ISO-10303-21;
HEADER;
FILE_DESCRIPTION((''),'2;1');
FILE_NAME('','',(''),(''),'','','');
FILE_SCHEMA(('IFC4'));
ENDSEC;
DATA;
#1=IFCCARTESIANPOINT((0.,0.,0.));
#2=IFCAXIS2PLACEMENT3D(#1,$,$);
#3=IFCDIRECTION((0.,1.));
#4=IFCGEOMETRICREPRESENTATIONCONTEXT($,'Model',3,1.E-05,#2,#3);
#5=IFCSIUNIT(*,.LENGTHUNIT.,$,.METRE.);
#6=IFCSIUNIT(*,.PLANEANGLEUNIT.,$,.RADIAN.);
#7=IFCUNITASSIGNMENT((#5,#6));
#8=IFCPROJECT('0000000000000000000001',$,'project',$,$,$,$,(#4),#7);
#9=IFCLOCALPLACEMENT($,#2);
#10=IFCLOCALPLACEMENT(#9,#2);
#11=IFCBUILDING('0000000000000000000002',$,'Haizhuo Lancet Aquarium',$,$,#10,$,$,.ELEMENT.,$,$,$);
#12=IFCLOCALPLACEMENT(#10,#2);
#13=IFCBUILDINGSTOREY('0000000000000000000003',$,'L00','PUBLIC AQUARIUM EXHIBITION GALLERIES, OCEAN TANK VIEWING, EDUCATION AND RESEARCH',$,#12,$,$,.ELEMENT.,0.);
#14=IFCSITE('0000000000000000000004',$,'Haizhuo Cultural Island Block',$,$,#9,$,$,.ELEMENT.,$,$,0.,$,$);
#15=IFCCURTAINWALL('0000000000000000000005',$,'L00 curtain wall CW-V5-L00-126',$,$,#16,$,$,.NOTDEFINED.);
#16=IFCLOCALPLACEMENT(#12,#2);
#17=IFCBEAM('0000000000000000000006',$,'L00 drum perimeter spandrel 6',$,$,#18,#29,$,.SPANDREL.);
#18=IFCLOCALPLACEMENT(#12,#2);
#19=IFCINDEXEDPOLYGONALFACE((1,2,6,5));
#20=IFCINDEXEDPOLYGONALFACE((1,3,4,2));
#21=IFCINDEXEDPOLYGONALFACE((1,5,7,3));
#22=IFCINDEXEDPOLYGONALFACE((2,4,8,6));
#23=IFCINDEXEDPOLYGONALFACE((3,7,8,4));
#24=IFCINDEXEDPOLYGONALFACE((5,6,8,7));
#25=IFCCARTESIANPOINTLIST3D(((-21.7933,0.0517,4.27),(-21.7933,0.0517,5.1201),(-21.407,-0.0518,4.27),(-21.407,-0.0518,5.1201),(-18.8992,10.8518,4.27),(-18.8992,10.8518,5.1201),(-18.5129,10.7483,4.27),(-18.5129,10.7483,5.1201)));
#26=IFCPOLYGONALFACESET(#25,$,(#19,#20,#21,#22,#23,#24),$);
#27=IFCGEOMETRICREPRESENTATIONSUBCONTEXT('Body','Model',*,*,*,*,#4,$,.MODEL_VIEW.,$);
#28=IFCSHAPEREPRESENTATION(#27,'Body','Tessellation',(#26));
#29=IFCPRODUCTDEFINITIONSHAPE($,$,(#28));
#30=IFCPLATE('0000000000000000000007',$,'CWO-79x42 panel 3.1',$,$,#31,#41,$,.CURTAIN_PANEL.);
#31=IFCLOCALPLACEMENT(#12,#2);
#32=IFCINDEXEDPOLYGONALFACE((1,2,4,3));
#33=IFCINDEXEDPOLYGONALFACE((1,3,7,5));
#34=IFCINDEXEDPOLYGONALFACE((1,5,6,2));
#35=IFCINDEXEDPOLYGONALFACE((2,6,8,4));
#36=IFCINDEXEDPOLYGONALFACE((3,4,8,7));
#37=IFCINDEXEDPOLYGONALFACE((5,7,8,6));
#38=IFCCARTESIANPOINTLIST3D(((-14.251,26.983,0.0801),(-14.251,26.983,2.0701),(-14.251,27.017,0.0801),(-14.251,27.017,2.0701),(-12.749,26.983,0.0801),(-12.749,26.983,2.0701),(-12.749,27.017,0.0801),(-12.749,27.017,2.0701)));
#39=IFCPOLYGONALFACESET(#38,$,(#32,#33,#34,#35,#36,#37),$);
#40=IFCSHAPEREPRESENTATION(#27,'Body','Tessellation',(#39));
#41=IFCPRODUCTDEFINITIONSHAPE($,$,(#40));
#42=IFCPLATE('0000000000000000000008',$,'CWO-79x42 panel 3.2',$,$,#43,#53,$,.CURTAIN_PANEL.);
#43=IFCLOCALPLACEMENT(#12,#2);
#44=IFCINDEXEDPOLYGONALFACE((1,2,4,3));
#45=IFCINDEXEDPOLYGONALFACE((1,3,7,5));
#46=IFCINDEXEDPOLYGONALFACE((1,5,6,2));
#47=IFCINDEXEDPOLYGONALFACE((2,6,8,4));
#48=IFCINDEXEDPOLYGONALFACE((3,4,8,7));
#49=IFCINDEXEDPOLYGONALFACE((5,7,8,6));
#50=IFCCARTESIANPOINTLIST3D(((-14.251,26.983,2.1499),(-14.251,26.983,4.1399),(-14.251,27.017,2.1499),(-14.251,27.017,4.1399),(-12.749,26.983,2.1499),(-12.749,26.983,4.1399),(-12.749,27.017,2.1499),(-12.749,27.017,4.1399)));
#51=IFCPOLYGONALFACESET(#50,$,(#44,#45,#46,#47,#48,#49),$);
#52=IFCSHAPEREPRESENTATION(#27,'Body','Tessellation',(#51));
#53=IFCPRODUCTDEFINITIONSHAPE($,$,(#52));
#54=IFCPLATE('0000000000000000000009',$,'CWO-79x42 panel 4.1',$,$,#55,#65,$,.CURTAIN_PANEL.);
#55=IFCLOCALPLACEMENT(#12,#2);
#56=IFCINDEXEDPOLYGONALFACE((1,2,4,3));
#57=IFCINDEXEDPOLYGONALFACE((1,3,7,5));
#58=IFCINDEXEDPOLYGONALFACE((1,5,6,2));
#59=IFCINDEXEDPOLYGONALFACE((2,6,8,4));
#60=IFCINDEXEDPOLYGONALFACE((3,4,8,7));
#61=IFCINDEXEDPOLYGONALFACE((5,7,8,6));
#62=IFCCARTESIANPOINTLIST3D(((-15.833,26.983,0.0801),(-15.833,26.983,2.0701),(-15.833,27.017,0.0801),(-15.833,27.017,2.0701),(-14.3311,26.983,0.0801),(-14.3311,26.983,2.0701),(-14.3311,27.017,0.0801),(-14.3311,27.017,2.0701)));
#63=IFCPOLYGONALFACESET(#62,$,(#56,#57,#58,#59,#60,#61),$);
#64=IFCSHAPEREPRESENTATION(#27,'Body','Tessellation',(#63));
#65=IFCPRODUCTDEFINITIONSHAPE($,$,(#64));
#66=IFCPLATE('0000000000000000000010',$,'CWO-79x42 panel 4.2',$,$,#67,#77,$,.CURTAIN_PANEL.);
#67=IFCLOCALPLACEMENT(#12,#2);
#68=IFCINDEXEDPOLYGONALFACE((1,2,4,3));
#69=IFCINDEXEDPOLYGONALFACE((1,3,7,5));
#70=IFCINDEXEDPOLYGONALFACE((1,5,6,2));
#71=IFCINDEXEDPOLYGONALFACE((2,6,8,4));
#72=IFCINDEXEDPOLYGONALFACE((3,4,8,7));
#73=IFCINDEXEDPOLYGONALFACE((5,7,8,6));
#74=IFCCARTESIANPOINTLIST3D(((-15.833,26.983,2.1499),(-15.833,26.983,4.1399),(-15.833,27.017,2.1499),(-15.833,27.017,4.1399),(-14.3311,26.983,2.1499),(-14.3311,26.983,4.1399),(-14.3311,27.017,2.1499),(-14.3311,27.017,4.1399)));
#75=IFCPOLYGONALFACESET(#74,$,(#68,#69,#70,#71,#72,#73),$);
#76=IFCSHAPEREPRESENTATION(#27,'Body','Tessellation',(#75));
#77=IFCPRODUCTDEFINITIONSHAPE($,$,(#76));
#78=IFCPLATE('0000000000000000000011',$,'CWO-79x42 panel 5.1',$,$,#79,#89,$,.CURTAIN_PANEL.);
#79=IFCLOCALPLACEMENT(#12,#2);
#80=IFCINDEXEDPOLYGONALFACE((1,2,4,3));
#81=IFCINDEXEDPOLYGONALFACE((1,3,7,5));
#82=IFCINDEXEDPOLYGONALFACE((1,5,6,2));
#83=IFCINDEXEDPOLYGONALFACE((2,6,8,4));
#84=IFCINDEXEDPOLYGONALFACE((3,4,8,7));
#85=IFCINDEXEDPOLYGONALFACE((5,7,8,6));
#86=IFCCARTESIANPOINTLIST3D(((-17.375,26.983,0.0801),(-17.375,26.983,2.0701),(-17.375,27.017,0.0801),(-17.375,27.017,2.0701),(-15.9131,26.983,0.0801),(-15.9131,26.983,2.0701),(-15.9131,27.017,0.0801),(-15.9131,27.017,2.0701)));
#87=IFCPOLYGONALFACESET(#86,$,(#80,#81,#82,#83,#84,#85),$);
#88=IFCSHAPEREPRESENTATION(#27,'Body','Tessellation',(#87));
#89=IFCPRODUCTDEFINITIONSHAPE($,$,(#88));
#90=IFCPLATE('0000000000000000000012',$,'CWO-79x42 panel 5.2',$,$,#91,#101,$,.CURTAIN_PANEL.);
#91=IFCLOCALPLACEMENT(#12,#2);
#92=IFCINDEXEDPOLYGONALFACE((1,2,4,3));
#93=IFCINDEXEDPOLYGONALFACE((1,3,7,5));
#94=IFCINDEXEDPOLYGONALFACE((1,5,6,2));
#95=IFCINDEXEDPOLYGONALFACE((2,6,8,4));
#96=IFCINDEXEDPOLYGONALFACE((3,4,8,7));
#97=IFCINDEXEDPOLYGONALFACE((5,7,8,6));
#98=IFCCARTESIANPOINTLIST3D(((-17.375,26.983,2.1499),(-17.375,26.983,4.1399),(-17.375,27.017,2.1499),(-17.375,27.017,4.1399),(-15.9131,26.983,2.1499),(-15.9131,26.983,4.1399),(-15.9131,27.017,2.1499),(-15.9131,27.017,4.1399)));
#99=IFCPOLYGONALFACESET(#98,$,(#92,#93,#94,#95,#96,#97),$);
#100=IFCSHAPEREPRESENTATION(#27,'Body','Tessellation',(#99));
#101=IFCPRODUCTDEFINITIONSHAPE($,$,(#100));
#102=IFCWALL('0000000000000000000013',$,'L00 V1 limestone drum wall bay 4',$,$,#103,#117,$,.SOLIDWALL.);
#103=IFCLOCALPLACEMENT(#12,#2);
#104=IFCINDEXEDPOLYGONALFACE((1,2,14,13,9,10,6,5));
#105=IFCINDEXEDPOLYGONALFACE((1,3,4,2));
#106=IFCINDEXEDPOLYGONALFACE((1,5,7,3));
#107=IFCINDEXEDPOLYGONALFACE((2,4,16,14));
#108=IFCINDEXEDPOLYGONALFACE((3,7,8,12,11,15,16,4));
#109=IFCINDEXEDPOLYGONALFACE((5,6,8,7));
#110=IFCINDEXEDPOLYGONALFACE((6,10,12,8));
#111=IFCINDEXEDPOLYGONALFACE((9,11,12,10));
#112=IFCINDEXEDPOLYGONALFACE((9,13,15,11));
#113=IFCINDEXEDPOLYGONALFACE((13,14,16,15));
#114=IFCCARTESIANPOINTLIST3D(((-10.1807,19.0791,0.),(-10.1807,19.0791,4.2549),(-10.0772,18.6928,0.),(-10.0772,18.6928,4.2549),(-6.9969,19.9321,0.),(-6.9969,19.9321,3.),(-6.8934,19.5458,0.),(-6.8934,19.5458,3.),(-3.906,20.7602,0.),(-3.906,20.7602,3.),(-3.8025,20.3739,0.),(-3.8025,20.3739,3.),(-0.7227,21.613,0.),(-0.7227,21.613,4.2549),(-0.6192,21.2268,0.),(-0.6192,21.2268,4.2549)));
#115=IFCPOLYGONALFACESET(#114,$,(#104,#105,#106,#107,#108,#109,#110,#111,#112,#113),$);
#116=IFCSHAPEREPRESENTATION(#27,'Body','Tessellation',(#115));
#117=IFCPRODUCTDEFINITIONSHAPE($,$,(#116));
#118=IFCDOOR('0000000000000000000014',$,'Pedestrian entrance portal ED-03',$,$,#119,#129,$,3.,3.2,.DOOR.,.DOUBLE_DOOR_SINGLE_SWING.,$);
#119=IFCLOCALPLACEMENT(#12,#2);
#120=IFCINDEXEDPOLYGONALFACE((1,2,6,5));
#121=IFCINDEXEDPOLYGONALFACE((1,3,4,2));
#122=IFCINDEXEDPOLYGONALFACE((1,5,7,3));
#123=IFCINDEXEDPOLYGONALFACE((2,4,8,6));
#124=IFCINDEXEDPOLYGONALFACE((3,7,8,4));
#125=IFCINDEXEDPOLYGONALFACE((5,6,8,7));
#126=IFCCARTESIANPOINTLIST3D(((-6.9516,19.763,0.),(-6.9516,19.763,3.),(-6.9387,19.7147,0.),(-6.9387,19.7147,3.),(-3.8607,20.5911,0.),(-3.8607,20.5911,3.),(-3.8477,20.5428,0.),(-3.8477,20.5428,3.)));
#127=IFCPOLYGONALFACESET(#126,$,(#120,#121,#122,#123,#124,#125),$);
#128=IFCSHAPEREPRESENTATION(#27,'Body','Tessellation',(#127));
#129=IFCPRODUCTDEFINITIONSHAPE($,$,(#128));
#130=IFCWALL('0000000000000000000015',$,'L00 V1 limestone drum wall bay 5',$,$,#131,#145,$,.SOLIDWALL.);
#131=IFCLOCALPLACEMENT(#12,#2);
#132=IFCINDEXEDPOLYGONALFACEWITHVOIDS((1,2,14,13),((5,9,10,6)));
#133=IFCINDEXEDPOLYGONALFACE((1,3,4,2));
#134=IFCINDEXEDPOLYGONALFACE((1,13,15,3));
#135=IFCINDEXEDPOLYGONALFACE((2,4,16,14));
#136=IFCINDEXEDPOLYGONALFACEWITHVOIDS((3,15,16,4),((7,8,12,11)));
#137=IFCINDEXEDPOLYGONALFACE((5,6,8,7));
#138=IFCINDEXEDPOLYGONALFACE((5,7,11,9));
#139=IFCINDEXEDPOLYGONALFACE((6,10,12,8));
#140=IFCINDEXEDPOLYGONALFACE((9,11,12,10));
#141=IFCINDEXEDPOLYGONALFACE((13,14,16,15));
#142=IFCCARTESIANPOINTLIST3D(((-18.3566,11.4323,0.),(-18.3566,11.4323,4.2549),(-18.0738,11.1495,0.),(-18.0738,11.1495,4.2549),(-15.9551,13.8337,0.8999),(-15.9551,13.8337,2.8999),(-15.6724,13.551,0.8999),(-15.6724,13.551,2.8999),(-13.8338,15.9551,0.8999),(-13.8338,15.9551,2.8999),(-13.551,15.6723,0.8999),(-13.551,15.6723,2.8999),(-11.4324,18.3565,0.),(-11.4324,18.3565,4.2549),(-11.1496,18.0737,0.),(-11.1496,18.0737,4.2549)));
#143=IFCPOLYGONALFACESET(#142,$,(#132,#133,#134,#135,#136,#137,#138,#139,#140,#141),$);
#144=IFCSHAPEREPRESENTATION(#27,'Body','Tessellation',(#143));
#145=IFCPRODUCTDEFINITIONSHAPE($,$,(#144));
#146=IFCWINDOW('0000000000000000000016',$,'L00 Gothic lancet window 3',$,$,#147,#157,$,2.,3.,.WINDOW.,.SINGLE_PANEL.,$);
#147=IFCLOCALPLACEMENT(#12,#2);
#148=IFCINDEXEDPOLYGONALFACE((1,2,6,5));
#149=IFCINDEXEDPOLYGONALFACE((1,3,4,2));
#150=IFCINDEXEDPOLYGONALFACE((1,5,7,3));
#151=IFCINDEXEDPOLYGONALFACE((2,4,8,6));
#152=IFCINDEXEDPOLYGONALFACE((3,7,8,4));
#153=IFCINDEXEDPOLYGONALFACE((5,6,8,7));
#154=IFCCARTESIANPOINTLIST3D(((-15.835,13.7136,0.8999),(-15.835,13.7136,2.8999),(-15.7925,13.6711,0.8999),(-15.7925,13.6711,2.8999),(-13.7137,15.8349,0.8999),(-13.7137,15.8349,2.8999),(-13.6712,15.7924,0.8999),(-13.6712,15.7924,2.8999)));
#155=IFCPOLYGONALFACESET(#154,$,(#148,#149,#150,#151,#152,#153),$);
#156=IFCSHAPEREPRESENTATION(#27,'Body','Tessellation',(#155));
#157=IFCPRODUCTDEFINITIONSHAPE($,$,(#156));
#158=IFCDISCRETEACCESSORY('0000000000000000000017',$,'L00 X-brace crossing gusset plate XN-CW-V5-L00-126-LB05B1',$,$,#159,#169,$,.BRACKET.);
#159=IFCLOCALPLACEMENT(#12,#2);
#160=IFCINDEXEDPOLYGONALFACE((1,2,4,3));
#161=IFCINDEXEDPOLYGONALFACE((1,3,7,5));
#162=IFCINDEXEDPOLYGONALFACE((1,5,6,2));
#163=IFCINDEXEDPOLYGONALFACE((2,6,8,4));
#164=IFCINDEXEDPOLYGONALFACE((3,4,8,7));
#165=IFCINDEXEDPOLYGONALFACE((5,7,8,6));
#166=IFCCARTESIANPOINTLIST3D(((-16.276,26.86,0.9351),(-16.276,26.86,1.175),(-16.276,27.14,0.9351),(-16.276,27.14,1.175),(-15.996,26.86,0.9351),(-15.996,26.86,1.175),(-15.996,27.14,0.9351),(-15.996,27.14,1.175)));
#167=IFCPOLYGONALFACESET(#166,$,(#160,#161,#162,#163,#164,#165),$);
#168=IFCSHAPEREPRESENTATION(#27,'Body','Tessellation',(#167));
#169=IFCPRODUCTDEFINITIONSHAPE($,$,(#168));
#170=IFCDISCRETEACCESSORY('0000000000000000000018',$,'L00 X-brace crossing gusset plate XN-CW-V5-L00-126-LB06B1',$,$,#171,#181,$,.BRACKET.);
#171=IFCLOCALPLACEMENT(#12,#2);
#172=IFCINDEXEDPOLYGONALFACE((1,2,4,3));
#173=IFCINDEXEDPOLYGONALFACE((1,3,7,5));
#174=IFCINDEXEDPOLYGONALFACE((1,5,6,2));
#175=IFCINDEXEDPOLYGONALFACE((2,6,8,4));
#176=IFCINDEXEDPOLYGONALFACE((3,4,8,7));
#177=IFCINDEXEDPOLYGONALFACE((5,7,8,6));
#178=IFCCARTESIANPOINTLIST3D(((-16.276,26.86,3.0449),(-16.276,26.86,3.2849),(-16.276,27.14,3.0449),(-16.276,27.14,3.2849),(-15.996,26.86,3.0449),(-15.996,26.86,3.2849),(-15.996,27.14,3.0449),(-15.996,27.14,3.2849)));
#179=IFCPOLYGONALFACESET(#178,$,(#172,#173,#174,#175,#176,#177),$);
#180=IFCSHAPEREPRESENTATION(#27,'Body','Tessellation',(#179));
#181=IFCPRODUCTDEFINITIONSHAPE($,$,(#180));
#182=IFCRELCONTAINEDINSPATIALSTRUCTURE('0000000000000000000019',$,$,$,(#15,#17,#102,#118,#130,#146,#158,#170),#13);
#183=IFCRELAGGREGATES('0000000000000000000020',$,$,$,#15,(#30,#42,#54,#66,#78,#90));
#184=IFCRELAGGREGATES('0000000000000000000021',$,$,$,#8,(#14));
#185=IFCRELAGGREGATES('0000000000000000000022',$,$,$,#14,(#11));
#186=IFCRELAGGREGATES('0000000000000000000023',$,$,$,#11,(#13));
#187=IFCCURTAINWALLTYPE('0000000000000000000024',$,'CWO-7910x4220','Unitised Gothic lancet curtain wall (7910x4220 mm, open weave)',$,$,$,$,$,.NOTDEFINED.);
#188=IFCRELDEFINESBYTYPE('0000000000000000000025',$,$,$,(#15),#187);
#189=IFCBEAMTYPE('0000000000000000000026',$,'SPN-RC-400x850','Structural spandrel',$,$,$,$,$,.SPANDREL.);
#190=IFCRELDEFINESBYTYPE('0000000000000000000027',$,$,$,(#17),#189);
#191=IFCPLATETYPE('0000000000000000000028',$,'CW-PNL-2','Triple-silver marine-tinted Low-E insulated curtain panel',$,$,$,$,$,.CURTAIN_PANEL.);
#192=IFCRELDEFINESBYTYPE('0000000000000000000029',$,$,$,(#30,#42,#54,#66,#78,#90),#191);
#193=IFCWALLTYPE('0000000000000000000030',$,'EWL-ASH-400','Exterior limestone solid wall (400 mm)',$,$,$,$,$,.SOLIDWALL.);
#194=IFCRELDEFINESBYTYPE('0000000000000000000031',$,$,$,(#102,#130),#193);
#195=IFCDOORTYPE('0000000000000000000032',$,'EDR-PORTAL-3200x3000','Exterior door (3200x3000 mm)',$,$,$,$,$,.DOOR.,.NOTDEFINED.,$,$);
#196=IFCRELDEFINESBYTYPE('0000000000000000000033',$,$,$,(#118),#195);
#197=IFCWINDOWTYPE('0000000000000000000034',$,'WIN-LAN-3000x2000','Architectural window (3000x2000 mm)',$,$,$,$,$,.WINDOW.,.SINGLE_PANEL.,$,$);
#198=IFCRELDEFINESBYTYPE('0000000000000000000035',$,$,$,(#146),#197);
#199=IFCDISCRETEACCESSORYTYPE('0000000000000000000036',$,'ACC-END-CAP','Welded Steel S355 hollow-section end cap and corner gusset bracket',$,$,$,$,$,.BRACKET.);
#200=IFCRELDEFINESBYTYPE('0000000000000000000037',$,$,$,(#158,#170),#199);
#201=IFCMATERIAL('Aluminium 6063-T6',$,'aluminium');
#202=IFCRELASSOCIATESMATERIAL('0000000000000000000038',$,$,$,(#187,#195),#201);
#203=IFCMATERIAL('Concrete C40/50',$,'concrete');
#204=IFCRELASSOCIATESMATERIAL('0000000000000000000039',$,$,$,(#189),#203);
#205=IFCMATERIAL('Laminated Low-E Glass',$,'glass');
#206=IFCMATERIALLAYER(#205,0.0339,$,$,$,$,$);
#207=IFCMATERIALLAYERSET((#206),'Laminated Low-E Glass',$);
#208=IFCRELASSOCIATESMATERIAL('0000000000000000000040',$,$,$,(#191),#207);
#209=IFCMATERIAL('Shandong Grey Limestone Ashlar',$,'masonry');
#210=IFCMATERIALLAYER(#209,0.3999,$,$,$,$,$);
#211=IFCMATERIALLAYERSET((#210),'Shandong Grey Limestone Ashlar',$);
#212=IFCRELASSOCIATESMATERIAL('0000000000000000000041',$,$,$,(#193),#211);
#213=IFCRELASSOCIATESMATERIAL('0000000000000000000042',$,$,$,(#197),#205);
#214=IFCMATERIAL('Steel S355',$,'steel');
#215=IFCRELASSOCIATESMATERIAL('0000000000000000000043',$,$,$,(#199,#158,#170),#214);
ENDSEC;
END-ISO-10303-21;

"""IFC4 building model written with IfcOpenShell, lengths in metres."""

from ifc_helpers import new_model, si_unit, direction, frame, frame_2d, origin, origin_2d, place, context, subcontext, project, spatial, rectangle, extrude, material, layer, layer_set, material_profile, profile_set, type_object, element, fill, aggregate, save


model = new_model("IFC4")

# Units and contexts
model_context = context("Model", 3, precision=1e-05, world=origin(), true_north=direction((0.0, 1.0)))
body_context = subcontext(model_context, "Body", "Model", "MODEL_VIEW")
ifc_project = project(units=[si_unit("LENGTHUNIT", "METRE"), si_unit("PLANEANGLEUNIT", "RADIAN")], contexts=[model_context])

# Site, building, storey
site_placement = place(None, origin())
site = spatial("IfcSite", under=ifc_project, at=site_placement, Name="Haizhuo Cultural Island Block", CompositionType="ELEMENT", RefElevation=0.0)
building_placement = place(site_placement, origin())
building = spatial("IfcBuilding", under=site, at=building_placement, Name="Haizhuo Lancet Aquarium", CompositionType="ELEMENT")
storey_placement = place(building_placement, origin())
storey = spatial("IfcBuildingStorey", under=building, at=storey_placement, Name="L00", Description="PUBLIC AQUARIUM EXHIBITION GALLERIES, OCEAN TANK VIEWING, EDUCATION AND RESEARCH", CompositionType="ELEMENT", Elevation=0.0)

# Shared definitions
ifc_material_1 = material(Name="Concrete C40/50", Category="concrete")

# Curtain wall
ifc_material_2 = material(Name="Aluminium 6063-T6", Category="aluminium")
curtain_wall_type = type_object("IfcCurtainWallType", Name="CWO-7910x4220", Description="Unitised Gothic lancet curtain wall (7910x4220 mm, open weave)", PredefinedType="NOTDEFINED", material=ifc_material_2)
curtain_wall_placement = place(storey_placement, origin())
curtain_wall = element("IfcCurtainWall", 1, at=curtain_wall_placement, inside=storey, type_object=curtain_wall_type, Name="L00 curtain wall CW-V5-L00-126", PredefinedType="NOTDEFINED")

# Shared definitions
ifc_material_3 = material(Name="Steel S355", Category="steel")

# Beam
ifc_material_profile_1 = material_profile(ifc_material_1, rectangle(XDim=0.3999, YDim=0.8501, at=origin_2d()), Name="RC-SP 400x850")
ifc_profile_set_1 = profile_set([ifc_material_profile_1], Name="Concrete C40/50")
beam_type_1 = type_object("IfcBeamType", Name="SPN-RC-400x850", Description="Structural spandrel", PredefinedType="SPANDREL", material=ifc_profile_set_1)
beam_1_placement = place(storey_placement, frame((-18.7061, 10.8, 4.6951), z_axis=(-0.258834, -0.965922, 0.0), x_axis=(0.965922, -0.258834, 0.0)))
element("IfcBeam", 2, at=beam_1_placement, inside=storey, type_object=beam_type_1, Name="L00 drum perimeter spandrel 6", PredefinedType="SPANDREL", context=body_context, shape_type="SweptSolid", body=[
    extrude(rectangle(XDim=0.3999, YDim=0.8501, at=origin_2d()), origin(), (0.0, 0.0, 1.0), 11.1812),
])

# Plates
ifc_material_4 = material(Name="Laminated Low-E Glass", Category="glass")
ifc_layer_1 = layer(ifc_material_4, 0.0339)
ifc_layer_set_1 = layer_set([ifc_layer_1], Name="Laminated Low-E Glass")
plate_type = type_object("IfcPlateType", Name="CW-PNL-2", Description="Triple-silver marine-tinted Low-E insulated curtain panel", PredefinedType="CURTAIN_PANEL", material=ifc_layer_set_1)
plate_1_placement = place(storey_placement, frame((-13.5, 27.0, 0.0801), z_axis=(0.0, 0.0, 1.0), x_axis=(-1.0, 0.0, 0.0)))
plate_1 = element("IfcPlate", 3, at=plate_1_placement, type_object=plate_type, Name="CWO-79x42 panel 3.1", PredefinedType="CURTAIN_PANEL", context=body_context, shape_type="SweptSolid", body=[
    extrude(rectangle(XDim=1.502, YDim=0.0339, at=origin_2d()), origin(), (0.0, 0.0, 1.0), 1.99),
])
plate_2_placement = place(storey_placement, frame((-13.5, 27.0, 2.1499), z_axis=(0.0, 0.0, 1.0), x_axis=(-1.0, 0.0, 0.0)))
plate_2 = element("IfcPlate", 4, at=plate_2_placement, type_object=plate_type, Name="CWO-79x42 panel 3.2", PredefinedType="CURTAIN_PANEL", context=body_context, shape_type="SweptSolid", body=[
    extrude(rectangle(XDim=1.502, YDim=0.0339, at=origin_2d()), origin(), (0.0, 0.0, 1.0), 1.99),
])
plate_3_placement = place(storey_placement, frame((-15.082, 27.0, 0.0801), z_axis=(0.0, 0.0, 1.0), x_axis=(-1.0, 0.0, 0.0)))
plate_3 = element("IfcPlate", 5, at=plate_3_placement, type_object=plate_type, Name="CWO-79x42 panel 4.1", PredefinedType="CURTAIN_PANEL", context=body_context, shape_type="SweptSolid", body=[
    extrude(rectangle(XDim=1.502, YDim=0.0339, at=origin_2d()), origin(), (0.0, 0.0, 1.0), 1.99),
])
plate_4_placement = place(storey_placement, frame((-15.082, 27.0, 2.1499), z_axis=(0.0, 0.0, 1.0), x_axis=(-1.0, 0.0, 0.0)))
plate_4 = element("IfcPlate", 6, at=plate_4_placement, type_object=plate_type, Name="CWO-79x42 panel 4.2", PredefinedType="CURTAIN_PANEL", context=body_context, shape_type="SweptSolid", body=[
    extrude(rectangle(XDim=1.502, YDim=0.0339, at=origin_2d()), origin(), (0.0, 0.0, 1.0), 1.99),
])
plate_5_placement = place(storey_placement, frame((-16.644, 27.0, 0.0801), z_axis=(0.0, 0.0, 1.0), x_axis=(-1.0, 0.0, 0.0)))
plate_5 = element("IfcPlate", 7, at=plate_5_placement, type_object=plate_type, Name="CWO-79x42 panel 5.1", PredefinedType="CURTAIN_PANEL", context=body_context, shape_type="SweptSolid", body=[
    extrude(rectangle(XDim=1.4619, YDim=0.0339, at=origin_2d()), origin(), (0.0, 0.0, 1.0), 1.99),
])
plate_6_placement = place(storey_placement, frame((-16.644, 27.0, 2.1499), z_axis=(0.0, 0.0, 1.0), x_axis=(-1.0, 0.0, 0.0)))
plate_6 = element("IfcPlate", 8, at=plate_6_placement, type_object=plate_type, Name="CWO-79x42 panel 5.2", PredefinedType="CURTAIN_PANEL", context=body_context, shape_type="SweptSolid", body=[
    extrude(rectangle(XDim=1.4619, YDim=0.0339, at=origin_2d()), origin(), (0.0, 0.0, 1.0), 1.99),
])
aggregate(curtain_wall, [plate_1, plate_2, plate_3, plate_4, plate_5, plate_6])

# Wall, opening, door
ifc_material_5 = material(Name="Shandong Grey Limestone Ashlar", Category="masonry")
ifc_layer_2 = layer(ifc_material_5, 0.3999)
ifc_layer_set_2 = layer_set([ifc_layer_2], Name="Shandong Grey Limestone Ashlar")
wall_type = type_object("IfcWallType", Name="EWL-ASH-400", Description="Exterior limestone solid wall (400 mm)", PredefinedType="SOLIDWALL", material=ifc_layer_set_2)
wall_1_placement = place(storey_placement, frame((-10.1289, 18.886, 0.0), z_axis=(0.0, 0.0, 1.0), x_axis=(0.965934, 0.258788, 0.0)))
wall_1 = element("IfcWall", 9, at=wall_1_placement, inside=storey, type_object=wall_type, Name="L00 V1 limestone drum wall bay 4", PredefinedType="SOLIDWALL", context=body_context, shape_type="SweptSolid", body=[
    extrude(rectangle(XDim=9.7915, YDim=0.3999, at=frame_2d((4.8958, 0.0))), origin(), (0.0, 0.0, 1.0), 4.2549),
])
opening_1_placement = place(wall_1_placement, frame((3.2959, 0.0, 0.0)))
opening_1 = element("IfcOpeningElement", 10, at=opening_1_placement, cuts=wall_1, PredefinedType="OPENING", context=body_context, shape_type="SweptSolid", body=[
    extrude(rectangle(XDim=3.2, YDim=3.0, at=frame_2d((1.6001, 1.5))), frame((0.0, 0.21, 0.0), z_axis=(0.0, -1.0, 0.0), x_axis=(1.0, 0.0, 0.0)), (0.0, 0.0, 1.0), 0.4199),
])
door_type = type_object("IfcDoorType", Name="EDR-PORTAL-3200x3000", Description="Exterior door (3200x3000 mm)", OperationType="NOTDEFINED", PredefinedType="DOOR", material=ifc_material_2)
door_placement = place(opening_1_placement, origin())
door = element("IfcDoor", 11, at=door_placement, inside=storey, type_object=door_type, Name="Pedestrian entrance portal ED-03", OperationType="DOUBLE_DOOR_SINGLE_SWING", OverallHeight=3.0, OverallWidth=3.2, PredefinedType="DOOR", context=body_context, shape_type="SweptSolid", body=[
    extrude(rectangle(XDim=3.2, YDim=3.0, at=frame_2d((1.6001, 1.5))), frame((0.0, 0.0249, 0.0), z_axis=(0.0, -1.0, 0.0), x_axis=(1.0, 0.0, 0.0)), (0.0, 0.0, 1.0), 0.05),
])
fill(opening_1, door)

# Wall, opening, window
wall_2_placement = place(storey_placement, frame((-18.2151, 11.291, 0.0), z_axis=(0.0, 0.0, 1.0), x_axis=(0.707107, 0.707107, 0.0)))
wall_2 = element("IfcWall", 12, at=wall_2_placement, inside=storey, type_object=wall_type, Name="L00 V1 limestone drum wall bay 5", PredefinedType="SOLIDWALL", context=body_context, shape_type="SweptSolid", body=[
    extrude(rectangle(XDim=9.7922, YDim=0.3999, at=frame_2d((4.896, 0.0))), origin(), (0.0, 0.0, 1.0), 4.2549),
])
opening_2_placement = place(wall_2_placement, frame((3.396, 0.0, 0.8999)))
opening_2 = element("IfcOpeningElement", 13, at=opening_2_placement, cuts=wall_2, PredefinedType="OPENING", context=body_context, shape_type="SweptSolid", body=[
    extrude(rectangle(XDim=3.0, YDim=2.0, at=frame_2d((1.5, 1.0))), frame((0.0, 0.21, 0.0), z_axis=(0.0, -1.0, 0.0), x_axis=(1.0, 0.0, 0.0)), (0.0, 0.0, 1.0), 0.4199),
])
window_type = type_object("IfcWindowType", Name="WIN-LAN-3000x2000", Description="Architectural window (3000x2000 mm)", PartitioningType="SINGLE_PANEL", PredefinedType="WINDOW", material=ifc_material_4)
window_placement = place(opening_2_placement, origin())
window = element("IfcWindow", 14, at=window_placement, inside=storey, type_object=window_type, Name="L00 Gothic lancet window 3", OverallHeight=2.0, OverallWidth=3.0, PartitioningType="SINGLE_PANEL", PredefinedType="WINDOW", context=body_context, shape_type="SweptSolid", body=[
    extrude(rectangle(XDim=3.0, YDim=2.0, at=frame_2d((1.5, 1.0))), frame((0.0, 0.03, 0.0), z_axis=(0.0, -1.0, 0.0), x_axis=(1.0, 0.0, 0.0)), (0.0, 0.0, 1.0), 0.0601),
])
fill(opening_2, window)

# Discrete accessories
discrete_accessory_type = type_object("IfcDiscreteAccessoryType", Name="ACC-END-CAP", Description="Welded Steel S355 hollow-section end cap and corner gusset bracket", PredefinedType="BRACKET", material=ifc_material_3)
for number, where, z_axis, x_axis, name in (
    (15, (-16.136, 27.0, 0.9351), (0.0, 0.0, 1.0), (1.0, 0.0, 0.0), "L00 X-brace crossing gusset plate XN-CW-V5-L00-126-LB05B1"),
    (16, (-16.136, 27.0, 3.0449), (0.0, 0.0, 1.0), (1.0, 0.0, 0.0), "L00 X-brace crossing gusset plate XN-CW-V5-L00-126-LB06B1"),
):
    element("IfcDiscreteAccessory", number, at=place(storey_placement, frame(where, z_axis=z_axis, x_axis=x_axis)), inside=storey, type_object=discrete_accessory_type, material=ifc_material_3, Name=name, PredefinedType="BRACKET", context=body_context, shape_type="SweptSolid", body=[
        extrude(rectangle(XDim=0.28, YDim=0.28, at=origin_2d()), origin(), (0.0, 0.0, 1.0), 0.24),
    ])

save(model, "model.ifc")
